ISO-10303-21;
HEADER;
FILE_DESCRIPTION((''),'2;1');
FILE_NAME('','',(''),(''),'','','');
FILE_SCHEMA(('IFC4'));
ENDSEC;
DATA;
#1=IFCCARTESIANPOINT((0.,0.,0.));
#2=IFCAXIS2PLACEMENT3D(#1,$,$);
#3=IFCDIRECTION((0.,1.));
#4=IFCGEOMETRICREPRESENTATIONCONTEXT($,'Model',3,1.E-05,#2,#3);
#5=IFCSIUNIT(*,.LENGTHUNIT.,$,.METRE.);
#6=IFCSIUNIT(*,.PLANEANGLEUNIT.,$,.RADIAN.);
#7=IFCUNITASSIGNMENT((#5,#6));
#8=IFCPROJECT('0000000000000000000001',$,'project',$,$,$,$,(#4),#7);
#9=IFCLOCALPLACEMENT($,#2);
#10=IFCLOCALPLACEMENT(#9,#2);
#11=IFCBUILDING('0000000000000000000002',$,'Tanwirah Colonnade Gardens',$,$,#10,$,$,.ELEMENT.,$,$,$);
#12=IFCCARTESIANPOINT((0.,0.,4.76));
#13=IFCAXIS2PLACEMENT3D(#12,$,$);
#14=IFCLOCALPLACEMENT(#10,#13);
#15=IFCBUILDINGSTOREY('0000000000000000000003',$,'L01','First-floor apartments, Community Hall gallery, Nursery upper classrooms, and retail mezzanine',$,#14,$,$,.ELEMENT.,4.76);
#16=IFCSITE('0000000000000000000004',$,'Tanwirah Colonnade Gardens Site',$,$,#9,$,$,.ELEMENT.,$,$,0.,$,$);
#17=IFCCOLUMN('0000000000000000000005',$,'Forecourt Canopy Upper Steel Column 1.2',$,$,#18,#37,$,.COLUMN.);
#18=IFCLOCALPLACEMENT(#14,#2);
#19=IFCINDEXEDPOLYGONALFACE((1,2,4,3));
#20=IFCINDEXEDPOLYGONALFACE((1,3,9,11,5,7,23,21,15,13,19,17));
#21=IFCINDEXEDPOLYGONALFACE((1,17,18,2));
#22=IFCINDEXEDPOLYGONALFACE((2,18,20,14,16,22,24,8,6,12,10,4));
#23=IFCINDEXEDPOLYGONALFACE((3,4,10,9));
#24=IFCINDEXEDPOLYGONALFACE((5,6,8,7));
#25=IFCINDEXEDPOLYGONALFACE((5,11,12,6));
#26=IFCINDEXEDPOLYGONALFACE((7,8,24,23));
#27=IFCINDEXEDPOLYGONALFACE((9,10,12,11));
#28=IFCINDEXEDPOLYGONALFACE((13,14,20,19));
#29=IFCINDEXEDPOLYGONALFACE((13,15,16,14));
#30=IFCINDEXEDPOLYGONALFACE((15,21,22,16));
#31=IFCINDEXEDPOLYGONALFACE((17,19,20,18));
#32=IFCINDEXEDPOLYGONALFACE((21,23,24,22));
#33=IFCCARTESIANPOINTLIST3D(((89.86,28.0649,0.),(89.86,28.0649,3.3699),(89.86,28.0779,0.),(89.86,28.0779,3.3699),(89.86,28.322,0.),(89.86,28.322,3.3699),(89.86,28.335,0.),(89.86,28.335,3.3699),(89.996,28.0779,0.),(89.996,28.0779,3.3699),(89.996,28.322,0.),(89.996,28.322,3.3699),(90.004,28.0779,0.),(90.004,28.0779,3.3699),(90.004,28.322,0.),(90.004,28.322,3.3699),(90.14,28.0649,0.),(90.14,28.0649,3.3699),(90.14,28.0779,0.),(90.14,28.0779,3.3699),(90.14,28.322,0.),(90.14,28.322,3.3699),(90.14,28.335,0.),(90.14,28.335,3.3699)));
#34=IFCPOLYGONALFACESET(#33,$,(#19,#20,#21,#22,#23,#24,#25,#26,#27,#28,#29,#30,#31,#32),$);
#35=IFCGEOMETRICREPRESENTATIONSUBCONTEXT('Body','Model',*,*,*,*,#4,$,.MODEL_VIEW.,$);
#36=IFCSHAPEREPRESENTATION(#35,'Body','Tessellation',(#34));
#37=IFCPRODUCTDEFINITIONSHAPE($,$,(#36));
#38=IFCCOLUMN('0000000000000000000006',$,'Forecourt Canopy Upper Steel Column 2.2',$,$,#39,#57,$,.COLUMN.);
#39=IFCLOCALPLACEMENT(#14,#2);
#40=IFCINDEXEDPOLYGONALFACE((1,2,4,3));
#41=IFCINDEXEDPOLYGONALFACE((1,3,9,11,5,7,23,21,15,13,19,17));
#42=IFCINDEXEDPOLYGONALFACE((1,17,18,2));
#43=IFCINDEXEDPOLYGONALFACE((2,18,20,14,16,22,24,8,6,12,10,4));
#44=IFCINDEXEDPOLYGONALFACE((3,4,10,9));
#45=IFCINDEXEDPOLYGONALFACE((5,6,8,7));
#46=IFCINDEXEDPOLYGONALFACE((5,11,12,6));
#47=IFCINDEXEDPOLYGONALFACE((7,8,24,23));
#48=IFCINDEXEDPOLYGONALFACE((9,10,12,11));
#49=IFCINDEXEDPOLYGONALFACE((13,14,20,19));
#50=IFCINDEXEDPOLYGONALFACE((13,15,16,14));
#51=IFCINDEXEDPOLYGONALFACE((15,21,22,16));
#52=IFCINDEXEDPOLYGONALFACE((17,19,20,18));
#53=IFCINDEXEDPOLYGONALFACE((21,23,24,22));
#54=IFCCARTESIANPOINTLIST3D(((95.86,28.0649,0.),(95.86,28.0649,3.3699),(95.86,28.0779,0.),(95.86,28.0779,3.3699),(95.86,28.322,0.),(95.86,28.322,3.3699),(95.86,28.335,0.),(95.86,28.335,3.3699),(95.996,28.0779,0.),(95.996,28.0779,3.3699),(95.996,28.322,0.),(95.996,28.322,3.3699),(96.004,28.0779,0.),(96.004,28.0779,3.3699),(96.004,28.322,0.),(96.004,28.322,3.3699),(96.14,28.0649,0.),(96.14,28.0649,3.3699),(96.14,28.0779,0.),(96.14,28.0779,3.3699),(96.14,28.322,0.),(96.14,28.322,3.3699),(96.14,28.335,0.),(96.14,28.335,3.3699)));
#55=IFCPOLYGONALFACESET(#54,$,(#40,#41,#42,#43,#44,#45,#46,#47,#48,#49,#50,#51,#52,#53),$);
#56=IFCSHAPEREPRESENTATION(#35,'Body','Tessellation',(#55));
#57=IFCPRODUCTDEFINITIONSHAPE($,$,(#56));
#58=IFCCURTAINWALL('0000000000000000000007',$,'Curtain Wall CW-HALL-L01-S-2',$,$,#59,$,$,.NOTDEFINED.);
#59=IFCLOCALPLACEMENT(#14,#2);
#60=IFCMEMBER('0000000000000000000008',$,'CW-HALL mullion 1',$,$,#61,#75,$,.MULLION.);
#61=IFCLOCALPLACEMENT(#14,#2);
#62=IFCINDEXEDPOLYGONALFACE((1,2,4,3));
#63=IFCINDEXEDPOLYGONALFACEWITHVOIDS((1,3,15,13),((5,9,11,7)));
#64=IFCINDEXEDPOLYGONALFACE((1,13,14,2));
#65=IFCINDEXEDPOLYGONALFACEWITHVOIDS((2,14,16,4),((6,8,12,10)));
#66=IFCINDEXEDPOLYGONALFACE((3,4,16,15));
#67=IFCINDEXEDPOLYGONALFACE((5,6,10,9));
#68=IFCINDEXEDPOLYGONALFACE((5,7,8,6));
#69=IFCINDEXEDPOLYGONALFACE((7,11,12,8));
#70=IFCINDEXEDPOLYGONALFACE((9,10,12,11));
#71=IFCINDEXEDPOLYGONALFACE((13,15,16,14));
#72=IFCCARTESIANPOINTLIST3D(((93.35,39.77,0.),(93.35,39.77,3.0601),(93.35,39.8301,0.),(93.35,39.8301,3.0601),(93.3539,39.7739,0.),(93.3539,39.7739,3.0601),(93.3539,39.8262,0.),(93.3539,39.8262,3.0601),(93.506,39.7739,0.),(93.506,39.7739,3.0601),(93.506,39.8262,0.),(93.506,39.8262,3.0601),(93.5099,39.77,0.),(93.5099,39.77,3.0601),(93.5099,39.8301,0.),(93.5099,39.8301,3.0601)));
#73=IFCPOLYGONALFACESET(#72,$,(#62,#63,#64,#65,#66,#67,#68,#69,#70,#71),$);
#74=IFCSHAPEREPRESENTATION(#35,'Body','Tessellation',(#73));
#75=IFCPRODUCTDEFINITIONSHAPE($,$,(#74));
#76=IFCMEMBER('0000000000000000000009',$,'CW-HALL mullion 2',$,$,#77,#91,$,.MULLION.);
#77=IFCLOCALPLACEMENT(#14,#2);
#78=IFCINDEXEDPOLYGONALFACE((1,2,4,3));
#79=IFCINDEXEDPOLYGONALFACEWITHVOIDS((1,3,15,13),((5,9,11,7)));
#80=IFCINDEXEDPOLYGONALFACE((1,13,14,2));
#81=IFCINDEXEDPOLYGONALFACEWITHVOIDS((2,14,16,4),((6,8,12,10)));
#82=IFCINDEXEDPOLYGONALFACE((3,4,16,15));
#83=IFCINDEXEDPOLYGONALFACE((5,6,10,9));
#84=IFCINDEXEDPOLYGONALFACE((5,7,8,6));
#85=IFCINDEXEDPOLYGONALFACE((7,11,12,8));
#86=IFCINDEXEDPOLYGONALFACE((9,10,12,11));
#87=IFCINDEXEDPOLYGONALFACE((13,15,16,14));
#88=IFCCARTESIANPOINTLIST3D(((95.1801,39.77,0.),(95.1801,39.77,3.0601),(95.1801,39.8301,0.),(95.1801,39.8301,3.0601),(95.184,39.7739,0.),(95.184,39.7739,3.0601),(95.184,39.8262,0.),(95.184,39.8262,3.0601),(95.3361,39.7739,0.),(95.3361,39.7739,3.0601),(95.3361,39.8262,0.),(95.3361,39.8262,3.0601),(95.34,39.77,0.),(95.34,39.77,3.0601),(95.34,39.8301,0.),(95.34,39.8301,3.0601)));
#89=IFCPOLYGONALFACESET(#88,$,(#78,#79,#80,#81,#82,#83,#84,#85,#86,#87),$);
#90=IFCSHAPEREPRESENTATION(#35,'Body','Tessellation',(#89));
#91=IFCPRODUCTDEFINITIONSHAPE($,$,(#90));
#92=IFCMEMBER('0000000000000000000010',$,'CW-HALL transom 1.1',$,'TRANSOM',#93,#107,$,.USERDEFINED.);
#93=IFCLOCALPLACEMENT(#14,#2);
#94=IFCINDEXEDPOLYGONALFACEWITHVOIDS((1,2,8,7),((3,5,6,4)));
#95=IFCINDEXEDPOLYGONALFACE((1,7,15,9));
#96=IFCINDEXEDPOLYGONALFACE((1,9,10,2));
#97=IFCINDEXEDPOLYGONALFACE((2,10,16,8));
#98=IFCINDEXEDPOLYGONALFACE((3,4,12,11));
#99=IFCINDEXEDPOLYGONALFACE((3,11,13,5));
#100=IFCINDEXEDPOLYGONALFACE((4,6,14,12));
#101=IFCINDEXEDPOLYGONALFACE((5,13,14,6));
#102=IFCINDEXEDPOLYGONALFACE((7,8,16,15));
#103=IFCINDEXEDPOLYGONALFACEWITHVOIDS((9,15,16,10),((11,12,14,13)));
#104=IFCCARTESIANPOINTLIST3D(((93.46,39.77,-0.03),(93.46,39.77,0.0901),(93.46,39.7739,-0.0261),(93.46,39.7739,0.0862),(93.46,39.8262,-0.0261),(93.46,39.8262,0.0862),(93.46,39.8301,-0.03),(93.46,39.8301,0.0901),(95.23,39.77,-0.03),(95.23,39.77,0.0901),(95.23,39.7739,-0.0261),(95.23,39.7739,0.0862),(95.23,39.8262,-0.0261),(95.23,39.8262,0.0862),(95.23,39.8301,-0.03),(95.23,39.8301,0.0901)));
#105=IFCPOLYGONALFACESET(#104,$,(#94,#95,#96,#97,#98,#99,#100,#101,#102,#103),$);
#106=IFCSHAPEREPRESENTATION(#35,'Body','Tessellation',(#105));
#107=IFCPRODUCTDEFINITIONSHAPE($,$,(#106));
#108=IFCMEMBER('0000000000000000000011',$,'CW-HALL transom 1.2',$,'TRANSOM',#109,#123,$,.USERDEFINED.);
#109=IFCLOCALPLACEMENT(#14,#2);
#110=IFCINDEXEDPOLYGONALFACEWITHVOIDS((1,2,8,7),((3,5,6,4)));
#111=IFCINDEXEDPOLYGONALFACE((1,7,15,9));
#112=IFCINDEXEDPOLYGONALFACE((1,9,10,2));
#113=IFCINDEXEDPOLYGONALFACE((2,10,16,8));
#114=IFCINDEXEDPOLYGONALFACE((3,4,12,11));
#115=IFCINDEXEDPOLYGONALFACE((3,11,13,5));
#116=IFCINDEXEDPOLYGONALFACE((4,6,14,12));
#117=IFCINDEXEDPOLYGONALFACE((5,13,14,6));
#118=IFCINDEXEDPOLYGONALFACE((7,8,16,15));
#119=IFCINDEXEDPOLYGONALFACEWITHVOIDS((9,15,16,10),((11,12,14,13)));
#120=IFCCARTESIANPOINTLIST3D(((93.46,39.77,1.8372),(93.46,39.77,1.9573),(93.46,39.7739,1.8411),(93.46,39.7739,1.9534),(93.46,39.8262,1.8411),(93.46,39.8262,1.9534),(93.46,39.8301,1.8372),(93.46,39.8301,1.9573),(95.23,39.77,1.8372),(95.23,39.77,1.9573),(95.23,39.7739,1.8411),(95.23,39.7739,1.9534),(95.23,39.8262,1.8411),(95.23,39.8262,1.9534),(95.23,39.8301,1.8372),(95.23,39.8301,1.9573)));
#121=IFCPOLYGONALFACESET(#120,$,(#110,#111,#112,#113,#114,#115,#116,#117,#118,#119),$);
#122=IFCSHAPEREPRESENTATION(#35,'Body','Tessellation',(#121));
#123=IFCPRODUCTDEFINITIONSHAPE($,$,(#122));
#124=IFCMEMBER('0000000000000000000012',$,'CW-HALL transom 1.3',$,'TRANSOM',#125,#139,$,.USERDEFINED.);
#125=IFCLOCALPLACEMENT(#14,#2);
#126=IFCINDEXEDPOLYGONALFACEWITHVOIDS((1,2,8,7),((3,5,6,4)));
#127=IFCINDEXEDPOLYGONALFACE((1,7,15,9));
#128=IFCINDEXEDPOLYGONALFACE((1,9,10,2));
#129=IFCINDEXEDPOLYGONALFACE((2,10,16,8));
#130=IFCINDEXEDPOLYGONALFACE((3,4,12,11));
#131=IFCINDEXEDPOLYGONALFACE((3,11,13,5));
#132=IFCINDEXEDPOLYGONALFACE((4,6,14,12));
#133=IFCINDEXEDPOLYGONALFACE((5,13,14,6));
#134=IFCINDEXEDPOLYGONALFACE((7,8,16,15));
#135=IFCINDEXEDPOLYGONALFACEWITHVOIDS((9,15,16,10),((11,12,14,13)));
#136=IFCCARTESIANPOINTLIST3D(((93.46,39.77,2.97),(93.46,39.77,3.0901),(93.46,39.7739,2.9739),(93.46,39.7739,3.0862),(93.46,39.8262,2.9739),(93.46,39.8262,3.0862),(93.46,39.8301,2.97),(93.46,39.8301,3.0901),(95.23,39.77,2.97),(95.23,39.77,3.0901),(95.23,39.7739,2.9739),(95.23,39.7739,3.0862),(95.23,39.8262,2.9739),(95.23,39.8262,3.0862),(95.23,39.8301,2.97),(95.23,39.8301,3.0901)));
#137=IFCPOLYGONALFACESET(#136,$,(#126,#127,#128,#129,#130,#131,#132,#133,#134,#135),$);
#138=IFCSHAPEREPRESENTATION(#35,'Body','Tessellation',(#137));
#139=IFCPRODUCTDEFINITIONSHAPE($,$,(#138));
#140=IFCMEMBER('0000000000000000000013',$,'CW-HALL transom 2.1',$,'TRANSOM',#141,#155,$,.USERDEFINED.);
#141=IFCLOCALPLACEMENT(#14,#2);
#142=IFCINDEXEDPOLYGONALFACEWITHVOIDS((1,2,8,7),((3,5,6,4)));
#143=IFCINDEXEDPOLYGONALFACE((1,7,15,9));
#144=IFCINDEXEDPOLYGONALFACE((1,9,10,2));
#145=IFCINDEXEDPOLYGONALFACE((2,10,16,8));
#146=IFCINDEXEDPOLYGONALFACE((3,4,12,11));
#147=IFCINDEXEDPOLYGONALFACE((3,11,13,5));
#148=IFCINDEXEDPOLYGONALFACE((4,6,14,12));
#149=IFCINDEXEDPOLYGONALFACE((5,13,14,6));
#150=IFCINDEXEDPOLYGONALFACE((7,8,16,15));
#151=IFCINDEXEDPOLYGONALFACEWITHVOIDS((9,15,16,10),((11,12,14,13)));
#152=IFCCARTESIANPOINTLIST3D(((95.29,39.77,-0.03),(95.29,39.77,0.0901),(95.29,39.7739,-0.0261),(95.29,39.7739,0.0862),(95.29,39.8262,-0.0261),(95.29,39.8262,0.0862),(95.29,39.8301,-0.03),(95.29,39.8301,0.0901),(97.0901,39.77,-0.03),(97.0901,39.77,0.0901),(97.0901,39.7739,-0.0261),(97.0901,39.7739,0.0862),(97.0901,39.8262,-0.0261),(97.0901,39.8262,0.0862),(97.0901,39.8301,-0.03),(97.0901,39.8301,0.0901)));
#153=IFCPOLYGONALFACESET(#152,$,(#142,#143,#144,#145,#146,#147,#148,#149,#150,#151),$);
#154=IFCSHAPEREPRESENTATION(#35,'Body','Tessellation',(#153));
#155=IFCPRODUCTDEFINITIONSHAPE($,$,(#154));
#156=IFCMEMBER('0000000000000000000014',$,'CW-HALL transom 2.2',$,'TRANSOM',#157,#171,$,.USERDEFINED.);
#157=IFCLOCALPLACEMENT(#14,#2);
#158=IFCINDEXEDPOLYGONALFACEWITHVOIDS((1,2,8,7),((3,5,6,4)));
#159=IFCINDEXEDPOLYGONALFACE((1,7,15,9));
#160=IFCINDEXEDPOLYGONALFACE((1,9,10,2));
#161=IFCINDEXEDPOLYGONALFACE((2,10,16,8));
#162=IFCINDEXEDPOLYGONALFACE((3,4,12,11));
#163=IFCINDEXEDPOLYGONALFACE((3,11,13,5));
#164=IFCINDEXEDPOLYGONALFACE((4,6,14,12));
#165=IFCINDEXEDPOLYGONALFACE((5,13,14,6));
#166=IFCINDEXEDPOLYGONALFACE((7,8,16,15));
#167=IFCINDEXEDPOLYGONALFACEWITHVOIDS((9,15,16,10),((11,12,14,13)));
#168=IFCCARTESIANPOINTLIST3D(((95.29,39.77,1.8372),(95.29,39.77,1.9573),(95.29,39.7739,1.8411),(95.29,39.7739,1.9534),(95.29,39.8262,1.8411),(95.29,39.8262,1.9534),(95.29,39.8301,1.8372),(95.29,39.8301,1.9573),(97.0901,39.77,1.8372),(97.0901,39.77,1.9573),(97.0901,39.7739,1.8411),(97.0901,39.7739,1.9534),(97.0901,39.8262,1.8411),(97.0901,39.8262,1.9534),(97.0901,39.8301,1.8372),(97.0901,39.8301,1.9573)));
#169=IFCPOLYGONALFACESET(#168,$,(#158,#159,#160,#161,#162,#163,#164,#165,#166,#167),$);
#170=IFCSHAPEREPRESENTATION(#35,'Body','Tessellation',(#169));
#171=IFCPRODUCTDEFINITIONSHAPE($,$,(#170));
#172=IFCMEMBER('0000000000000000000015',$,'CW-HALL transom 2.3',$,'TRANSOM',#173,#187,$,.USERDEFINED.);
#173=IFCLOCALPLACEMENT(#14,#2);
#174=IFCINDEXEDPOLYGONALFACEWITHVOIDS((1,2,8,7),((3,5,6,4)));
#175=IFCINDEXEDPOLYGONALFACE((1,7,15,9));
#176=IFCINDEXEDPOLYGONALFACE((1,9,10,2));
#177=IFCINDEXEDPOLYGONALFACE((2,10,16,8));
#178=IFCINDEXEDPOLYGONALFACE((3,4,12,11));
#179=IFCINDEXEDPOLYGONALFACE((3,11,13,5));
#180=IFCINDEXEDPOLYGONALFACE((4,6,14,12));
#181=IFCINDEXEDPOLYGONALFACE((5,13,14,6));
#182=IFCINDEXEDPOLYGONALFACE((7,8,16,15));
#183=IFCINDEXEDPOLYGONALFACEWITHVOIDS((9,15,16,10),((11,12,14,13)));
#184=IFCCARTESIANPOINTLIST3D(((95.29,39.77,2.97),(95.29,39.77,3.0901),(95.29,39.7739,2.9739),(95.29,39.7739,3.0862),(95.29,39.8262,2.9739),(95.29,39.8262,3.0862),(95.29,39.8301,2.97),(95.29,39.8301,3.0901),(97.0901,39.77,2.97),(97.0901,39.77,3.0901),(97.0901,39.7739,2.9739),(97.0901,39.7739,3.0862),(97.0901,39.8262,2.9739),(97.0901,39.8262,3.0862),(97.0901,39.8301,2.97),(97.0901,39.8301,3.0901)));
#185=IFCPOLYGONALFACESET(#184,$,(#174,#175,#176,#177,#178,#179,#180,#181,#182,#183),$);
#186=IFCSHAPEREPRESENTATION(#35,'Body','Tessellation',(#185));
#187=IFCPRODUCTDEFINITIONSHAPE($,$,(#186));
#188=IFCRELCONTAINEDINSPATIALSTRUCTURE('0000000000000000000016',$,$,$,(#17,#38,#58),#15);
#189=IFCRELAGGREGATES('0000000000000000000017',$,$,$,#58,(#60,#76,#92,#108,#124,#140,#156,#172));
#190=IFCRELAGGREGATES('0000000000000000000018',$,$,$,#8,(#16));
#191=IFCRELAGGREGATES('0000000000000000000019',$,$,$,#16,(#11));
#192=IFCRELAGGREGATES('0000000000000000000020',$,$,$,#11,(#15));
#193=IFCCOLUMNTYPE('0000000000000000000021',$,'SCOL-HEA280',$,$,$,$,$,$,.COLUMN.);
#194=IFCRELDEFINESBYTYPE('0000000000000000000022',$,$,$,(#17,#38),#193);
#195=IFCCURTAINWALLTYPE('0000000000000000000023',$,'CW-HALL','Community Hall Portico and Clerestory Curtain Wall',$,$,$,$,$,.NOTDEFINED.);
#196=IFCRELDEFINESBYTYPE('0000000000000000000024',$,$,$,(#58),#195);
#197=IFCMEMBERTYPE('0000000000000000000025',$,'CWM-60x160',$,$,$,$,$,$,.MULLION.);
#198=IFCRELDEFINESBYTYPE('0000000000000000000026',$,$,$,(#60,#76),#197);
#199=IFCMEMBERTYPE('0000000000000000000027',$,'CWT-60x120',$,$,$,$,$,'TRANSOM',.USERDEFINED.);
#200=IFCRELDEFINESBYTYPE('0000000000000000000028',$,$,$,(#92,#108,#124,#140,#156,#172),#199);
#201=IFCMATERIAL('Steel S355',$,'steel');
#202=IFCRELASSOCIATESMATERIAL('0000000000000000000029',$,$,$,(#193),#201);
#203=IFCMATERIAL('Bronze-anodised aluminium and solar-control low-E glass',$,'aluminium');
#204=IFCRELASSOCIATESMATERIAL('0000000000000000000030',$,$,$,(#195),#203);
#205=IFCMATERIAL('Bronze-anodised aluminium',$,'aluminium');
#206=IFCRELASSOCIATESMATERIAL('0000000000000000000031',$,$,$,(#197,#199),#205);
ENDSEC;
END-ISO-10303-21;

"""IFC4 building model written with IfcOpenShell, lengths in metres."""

from ifc_helpers import new_model, si_unit, direction, frame, origin, origin_2d, place, context, subcontext, project, spatial, hollow_rectangle, i_section, extrude, material, material_profile, profile_set, type_object, element, aggregate, save


model = new_model("IFC4")

# Units and contexts
model_context = context("Model", 3, precision=1e-05, world=origin(), true_north=direction((0.0, 1.0)))
body_context = subcontext(model_context, "Body", "Model", "MODEL_VIEW")
ifc_project = project(units=[si_unit("LENGTHUNIT", "METRE"), si_unit("PLANEANGLEUNIT", "RADIAN")], contexts=[model_context])

# Site, building, storey
site_placement = place(None, origin())
site = spatial("IfcSite", under=ifc_project, at=site_placement, Name="Tanwirah Colonnade Gardens Site", CompositionType="ELEMENT", RefElevation=0.0)
building_placement = place(site_placement, origin())
building = spatial("IfcBuilding", under=site, at=building_placement, Name="Tanwirah Colonnade Gardens", CompositionType="ELEMENT")
storey_placement = place(building_placement, frame((0.0, 0.0, 4.76)))
storey = spatial("IfcBuildingStorey", under=building, at=storey_placement, Name="L01", Description="First-floor apartments, Community Hall gallery, Nursery upper classrooms, and retail mezzanine", CompositionType="ELEMENT", Elevation=4.76)

# Columns
ifc_material_1 = material(Name="Steel S355", Category="steel")
ifc_material_profile_1 = material_profile(ifc_material_1, i_section(OverallWidth=0.28, OverallDepth=0.27, WebThickness=0.0081, FlangeThickness=0.0129, at=origin_2d()), Name="HEA 280")
ifc_profile_set_1 = profile_set([ifc_material_profile_1], Name="Steel S355")
column_type = type_object("IfcColumnType", Name="SCOL-HEA280", PredefinedType="COLUMN", material=ifc_profile_set_1)
for number, where, z_axis, x_axis, name in (
    (1, (90.0, 28.2, 0.0), (0.0, 0.0, 1.0), (1.0, 0.0, 0.0), "Forecourt Canopy Upper Steel Column 1.2"),
    (2, (96.0, 28.2, 0.0), (0.0, 0.0, 1.0), (1.0, 0.0, 0.0), "Forecourt Canopy Upper Steel Column 2.2"),
):
    element("IfcColumn", number, at=place(storey_placement, frame(where, z_axis=z_axis, x_axis=x_axis)), inside=storey, type_object=column_type, Name=name, PredefinedType="COLUMN", context=body_context, shape_type="SweptSolid", body=[
        extrude(i_section(OverallWidth=0.28, OverallDepth=0.27, WebThickness=0.0081, FlangeThickness=0.0129, at=origin_2d()), origin(), (0.0, 0.0, 1.0), 3.3699),
    ])

# Curtain wall, members
ifc_material_2 = material(Name="Bronze-anodised aluminium and solar-control low-E glass", Category="aluminium")
curtain_wall_type = type_object("IfcCurtainWallType", Name="CW-HALL", Description="Community Hall Portico and Clerestory Curtain Wall", PredefinedType="NOTDEFINED", material=ifc_material_2)
curtain_wall_placement = place(storey_placement, origin())
curtain_wall = element("IfcCurtainWall", 3, at=curtain_wall_placement, inside=storey, type_object=curtain_wall_type, Name="Curtain Wall CW-HALL-L01-S-2", PredefinedType="NOTDEFINED")
ifc_material_3 = material(Name="Bronze-anodised aluminium", Category="aluminium")
ifc_material_profile_2 = material_profile(ifc_material_3, hollow_rectangle(XDim=0.0601, YDim=0.1599, WallThickness=0.0039, at=origin_2d()), Name="CW-MUL 60x160x4")
ifc_profile_set_2 = profile_set([ifc_material_profile_2], Name="Bronze-anodised aluminium")
member_type_1 = type_object("IfcMemberType", Name="CWM-60x160", PredefinedType="MULLION", material=ifc_profile_set_2)
member_1_placement = place(storey_placement, frame((93.4299, 39.8, 0.0), z_axis=(0.0, 0.0, 1.0), x_axis=(0.0, 1.0, 0.0)))
member_1 = element("IfcMember", 4, at=member_1_placement, type_object=member_type_1, Name="CW-HALL mullion 1", PredefinedType="MULLION", context=body_context, shape_type="SweptSolid", body=[
    extrude(hollow_rectangle(XDim=0.0601, YDim=0.1599, WallThickness=0.0039, at=origin_2d()), origin(), (0.0, 0.0, 1.0), 3.0601),
])
member_2_placement = place(storey_placement, frame((95.26, 39.8, 0.0), z_axis=(0.0, 0.0, 1.0), x_axis=(0.0, 1.0, 0.0)))
member_2 = element("IfcMember", 5, at=member_2_placement, type_object=member_type_1, Name="CW-HALL mullion 2", PredefinedType="MULLION", context=body_context, shape_type="SweptSolid", body=[
    extrude(hollow_rectangle(XDim=0.0601, YDim=0.1599, WallThickness=0.0039, at=origin_2d()), origin(), (0.0, 0.0, 1.0), 3.0601),
])
ifc_material_profile_3 = material_profile(ifc_material_3, hollow_rectangle(XDim=0.0601, YDim=0.1201, WallThickness=0.0039, at=origin_2d()), Name="CW-TRN 60x120x4")
ifc_profile_set_3 = profile_set([ifc_material_profile_3], Name="Bronze-anodised aluminium")
member_type_2 = type_object("IfcMemberType", Name="CWT-60x120", ElementType="TRANSOM", PredefinedType="USERDEFINED", material=ifc_profile_set_3)
member_3_placement = place(storey_placement, frame((93.46, 39.8, 0.03), z_axis=(1.0, 0.0, 0.0), x_axis=(0.0, 1.0, 0.0)))
member_3 = element("IfcMember", 6, at=member_3_placement, type_object=member_type_2, Name="CW-HALL transom 1.1", ObjectType="TRANSOM", PredefinedType="USERDEFINED", context=body_context, shape_type="SweptSolid", body=[
    extrude(hollow_rectangle(XDim=0.0601, YDim=0.1201, WallThickness=0.0039, at=origin_2d()), origin(), (0.0, 0.0, 1.0), 1.77),
])
member_4_placement = place(storey_placement, frame((93.46, 39.8, 1.8972), z_axis=(1.0, 0.0, 0.0), x_axis=(0.0, 1.0, 0.0)))
member_4 = element("IfcMember", 7, at=member_4_placement, type_object=member_type_2, Name="CW-HALL transom 1.2", ObjectType="TRANSOM", PredefinedType="USERDEFINED", context=body_context, shape_type="SweptSolid", body=[
    extrude(hollow_rectangle(XDim=0.0601, YDim=0.1201, WallThickness=0.0039, at=origin_2d()), origin(), (0.0, 0.0, 1.0), 1.77),
])
member_5_placement = place(storey_placement, frame((93.46, 39.8, 3.03), z_axis=(1.0, 0.0, 0.0), x_axis=(0.0, 1.0, 0.0)))
member_5 = element("IfcMember", 8, at=member_5_placement, type_object=member_type_2, Name="CW-HALL transom 1.3", ObjectType="TRANSOM", PredefinedType="USERDEFINED", context=body_context, shape_type="SweptSolid", body=[
    extrude(hollow_rectangle(XDim=0.0601, YDim=0.1201, WallThickness=0.0039, at=origin_2d()), origin(), (0.0, 0.0, 1.0), 1.77),
])
member_6_placement = place(storey_placement, frame((95.29, 39.8, 0.03), z_axis=(1.0, 0.0, 0.0), x_axis=(0.0, 1.0, 0.0)))
member_6 = element("IfcMember", 9, at=member_6_placement, type_object=member_type_2, Name="CW-HALL transom 2.1", ObjectType="TRANSOM", PredefinedType="USERDEFINED", context=body_context, shape_type="SweptSolid", body=[
    extrude(hollow_rectangle(XDim=0.0601, YDim=0.1201, WallThickness=0.0039, at=origin_2d()), origin(), (0.0, 0.0, 1.0), 1.8),
])
member_7_placement = place(storey_placement, frame((95.29, 39.8, 1.8972), z_axis=(1.0, 0.0, 0.0), x_axis=(0.0, 1.0, 0.0)))
member_7 = element("IfcMember", 10, at=member_7_placement, type_object=member_type_2, Name="CW-HALL transom 2.2", ObjectType="TRANSOM", PredefinedType="USERDEFINED", context=body_context, shape_type="SweptSolid", body=[
    extrude(hollow_rectangle(XDim=0.0601, YDim=0.1201, WallThickness=0.0039, at=origin_2d()), origin(), (0.0, 0.0, 1.0), 1.8),
])
member_8_placement = place(storey_placement, frame((95.29, 39.8, 3.03), z_axis=(1.0, 0.0, 0.0), x_axis=(0.0, 1.0, 0.0)))
member_8 = element("IfcMember", 11, at=member_8_placement, type_object=member_type_2, Name="CW-HALL transom 2.3", ObjectType="TRANSOM", PredefinedType="USERDEFINED", context=body_context, shape_type="SweptSolid", body=[
    extrude(hollow_rectangle(XDim=0.0601, YDim=0.1201, WallThickness=0.0039, at=origin_2d()), origin(), (0.0, 0.0, 1.0), 1.8),
])

aggregate(curtain_wall, [member_1, member_2, member_3, member_4, member_5, member_6, member_7, member_8])

save(model, "model.ifc")
